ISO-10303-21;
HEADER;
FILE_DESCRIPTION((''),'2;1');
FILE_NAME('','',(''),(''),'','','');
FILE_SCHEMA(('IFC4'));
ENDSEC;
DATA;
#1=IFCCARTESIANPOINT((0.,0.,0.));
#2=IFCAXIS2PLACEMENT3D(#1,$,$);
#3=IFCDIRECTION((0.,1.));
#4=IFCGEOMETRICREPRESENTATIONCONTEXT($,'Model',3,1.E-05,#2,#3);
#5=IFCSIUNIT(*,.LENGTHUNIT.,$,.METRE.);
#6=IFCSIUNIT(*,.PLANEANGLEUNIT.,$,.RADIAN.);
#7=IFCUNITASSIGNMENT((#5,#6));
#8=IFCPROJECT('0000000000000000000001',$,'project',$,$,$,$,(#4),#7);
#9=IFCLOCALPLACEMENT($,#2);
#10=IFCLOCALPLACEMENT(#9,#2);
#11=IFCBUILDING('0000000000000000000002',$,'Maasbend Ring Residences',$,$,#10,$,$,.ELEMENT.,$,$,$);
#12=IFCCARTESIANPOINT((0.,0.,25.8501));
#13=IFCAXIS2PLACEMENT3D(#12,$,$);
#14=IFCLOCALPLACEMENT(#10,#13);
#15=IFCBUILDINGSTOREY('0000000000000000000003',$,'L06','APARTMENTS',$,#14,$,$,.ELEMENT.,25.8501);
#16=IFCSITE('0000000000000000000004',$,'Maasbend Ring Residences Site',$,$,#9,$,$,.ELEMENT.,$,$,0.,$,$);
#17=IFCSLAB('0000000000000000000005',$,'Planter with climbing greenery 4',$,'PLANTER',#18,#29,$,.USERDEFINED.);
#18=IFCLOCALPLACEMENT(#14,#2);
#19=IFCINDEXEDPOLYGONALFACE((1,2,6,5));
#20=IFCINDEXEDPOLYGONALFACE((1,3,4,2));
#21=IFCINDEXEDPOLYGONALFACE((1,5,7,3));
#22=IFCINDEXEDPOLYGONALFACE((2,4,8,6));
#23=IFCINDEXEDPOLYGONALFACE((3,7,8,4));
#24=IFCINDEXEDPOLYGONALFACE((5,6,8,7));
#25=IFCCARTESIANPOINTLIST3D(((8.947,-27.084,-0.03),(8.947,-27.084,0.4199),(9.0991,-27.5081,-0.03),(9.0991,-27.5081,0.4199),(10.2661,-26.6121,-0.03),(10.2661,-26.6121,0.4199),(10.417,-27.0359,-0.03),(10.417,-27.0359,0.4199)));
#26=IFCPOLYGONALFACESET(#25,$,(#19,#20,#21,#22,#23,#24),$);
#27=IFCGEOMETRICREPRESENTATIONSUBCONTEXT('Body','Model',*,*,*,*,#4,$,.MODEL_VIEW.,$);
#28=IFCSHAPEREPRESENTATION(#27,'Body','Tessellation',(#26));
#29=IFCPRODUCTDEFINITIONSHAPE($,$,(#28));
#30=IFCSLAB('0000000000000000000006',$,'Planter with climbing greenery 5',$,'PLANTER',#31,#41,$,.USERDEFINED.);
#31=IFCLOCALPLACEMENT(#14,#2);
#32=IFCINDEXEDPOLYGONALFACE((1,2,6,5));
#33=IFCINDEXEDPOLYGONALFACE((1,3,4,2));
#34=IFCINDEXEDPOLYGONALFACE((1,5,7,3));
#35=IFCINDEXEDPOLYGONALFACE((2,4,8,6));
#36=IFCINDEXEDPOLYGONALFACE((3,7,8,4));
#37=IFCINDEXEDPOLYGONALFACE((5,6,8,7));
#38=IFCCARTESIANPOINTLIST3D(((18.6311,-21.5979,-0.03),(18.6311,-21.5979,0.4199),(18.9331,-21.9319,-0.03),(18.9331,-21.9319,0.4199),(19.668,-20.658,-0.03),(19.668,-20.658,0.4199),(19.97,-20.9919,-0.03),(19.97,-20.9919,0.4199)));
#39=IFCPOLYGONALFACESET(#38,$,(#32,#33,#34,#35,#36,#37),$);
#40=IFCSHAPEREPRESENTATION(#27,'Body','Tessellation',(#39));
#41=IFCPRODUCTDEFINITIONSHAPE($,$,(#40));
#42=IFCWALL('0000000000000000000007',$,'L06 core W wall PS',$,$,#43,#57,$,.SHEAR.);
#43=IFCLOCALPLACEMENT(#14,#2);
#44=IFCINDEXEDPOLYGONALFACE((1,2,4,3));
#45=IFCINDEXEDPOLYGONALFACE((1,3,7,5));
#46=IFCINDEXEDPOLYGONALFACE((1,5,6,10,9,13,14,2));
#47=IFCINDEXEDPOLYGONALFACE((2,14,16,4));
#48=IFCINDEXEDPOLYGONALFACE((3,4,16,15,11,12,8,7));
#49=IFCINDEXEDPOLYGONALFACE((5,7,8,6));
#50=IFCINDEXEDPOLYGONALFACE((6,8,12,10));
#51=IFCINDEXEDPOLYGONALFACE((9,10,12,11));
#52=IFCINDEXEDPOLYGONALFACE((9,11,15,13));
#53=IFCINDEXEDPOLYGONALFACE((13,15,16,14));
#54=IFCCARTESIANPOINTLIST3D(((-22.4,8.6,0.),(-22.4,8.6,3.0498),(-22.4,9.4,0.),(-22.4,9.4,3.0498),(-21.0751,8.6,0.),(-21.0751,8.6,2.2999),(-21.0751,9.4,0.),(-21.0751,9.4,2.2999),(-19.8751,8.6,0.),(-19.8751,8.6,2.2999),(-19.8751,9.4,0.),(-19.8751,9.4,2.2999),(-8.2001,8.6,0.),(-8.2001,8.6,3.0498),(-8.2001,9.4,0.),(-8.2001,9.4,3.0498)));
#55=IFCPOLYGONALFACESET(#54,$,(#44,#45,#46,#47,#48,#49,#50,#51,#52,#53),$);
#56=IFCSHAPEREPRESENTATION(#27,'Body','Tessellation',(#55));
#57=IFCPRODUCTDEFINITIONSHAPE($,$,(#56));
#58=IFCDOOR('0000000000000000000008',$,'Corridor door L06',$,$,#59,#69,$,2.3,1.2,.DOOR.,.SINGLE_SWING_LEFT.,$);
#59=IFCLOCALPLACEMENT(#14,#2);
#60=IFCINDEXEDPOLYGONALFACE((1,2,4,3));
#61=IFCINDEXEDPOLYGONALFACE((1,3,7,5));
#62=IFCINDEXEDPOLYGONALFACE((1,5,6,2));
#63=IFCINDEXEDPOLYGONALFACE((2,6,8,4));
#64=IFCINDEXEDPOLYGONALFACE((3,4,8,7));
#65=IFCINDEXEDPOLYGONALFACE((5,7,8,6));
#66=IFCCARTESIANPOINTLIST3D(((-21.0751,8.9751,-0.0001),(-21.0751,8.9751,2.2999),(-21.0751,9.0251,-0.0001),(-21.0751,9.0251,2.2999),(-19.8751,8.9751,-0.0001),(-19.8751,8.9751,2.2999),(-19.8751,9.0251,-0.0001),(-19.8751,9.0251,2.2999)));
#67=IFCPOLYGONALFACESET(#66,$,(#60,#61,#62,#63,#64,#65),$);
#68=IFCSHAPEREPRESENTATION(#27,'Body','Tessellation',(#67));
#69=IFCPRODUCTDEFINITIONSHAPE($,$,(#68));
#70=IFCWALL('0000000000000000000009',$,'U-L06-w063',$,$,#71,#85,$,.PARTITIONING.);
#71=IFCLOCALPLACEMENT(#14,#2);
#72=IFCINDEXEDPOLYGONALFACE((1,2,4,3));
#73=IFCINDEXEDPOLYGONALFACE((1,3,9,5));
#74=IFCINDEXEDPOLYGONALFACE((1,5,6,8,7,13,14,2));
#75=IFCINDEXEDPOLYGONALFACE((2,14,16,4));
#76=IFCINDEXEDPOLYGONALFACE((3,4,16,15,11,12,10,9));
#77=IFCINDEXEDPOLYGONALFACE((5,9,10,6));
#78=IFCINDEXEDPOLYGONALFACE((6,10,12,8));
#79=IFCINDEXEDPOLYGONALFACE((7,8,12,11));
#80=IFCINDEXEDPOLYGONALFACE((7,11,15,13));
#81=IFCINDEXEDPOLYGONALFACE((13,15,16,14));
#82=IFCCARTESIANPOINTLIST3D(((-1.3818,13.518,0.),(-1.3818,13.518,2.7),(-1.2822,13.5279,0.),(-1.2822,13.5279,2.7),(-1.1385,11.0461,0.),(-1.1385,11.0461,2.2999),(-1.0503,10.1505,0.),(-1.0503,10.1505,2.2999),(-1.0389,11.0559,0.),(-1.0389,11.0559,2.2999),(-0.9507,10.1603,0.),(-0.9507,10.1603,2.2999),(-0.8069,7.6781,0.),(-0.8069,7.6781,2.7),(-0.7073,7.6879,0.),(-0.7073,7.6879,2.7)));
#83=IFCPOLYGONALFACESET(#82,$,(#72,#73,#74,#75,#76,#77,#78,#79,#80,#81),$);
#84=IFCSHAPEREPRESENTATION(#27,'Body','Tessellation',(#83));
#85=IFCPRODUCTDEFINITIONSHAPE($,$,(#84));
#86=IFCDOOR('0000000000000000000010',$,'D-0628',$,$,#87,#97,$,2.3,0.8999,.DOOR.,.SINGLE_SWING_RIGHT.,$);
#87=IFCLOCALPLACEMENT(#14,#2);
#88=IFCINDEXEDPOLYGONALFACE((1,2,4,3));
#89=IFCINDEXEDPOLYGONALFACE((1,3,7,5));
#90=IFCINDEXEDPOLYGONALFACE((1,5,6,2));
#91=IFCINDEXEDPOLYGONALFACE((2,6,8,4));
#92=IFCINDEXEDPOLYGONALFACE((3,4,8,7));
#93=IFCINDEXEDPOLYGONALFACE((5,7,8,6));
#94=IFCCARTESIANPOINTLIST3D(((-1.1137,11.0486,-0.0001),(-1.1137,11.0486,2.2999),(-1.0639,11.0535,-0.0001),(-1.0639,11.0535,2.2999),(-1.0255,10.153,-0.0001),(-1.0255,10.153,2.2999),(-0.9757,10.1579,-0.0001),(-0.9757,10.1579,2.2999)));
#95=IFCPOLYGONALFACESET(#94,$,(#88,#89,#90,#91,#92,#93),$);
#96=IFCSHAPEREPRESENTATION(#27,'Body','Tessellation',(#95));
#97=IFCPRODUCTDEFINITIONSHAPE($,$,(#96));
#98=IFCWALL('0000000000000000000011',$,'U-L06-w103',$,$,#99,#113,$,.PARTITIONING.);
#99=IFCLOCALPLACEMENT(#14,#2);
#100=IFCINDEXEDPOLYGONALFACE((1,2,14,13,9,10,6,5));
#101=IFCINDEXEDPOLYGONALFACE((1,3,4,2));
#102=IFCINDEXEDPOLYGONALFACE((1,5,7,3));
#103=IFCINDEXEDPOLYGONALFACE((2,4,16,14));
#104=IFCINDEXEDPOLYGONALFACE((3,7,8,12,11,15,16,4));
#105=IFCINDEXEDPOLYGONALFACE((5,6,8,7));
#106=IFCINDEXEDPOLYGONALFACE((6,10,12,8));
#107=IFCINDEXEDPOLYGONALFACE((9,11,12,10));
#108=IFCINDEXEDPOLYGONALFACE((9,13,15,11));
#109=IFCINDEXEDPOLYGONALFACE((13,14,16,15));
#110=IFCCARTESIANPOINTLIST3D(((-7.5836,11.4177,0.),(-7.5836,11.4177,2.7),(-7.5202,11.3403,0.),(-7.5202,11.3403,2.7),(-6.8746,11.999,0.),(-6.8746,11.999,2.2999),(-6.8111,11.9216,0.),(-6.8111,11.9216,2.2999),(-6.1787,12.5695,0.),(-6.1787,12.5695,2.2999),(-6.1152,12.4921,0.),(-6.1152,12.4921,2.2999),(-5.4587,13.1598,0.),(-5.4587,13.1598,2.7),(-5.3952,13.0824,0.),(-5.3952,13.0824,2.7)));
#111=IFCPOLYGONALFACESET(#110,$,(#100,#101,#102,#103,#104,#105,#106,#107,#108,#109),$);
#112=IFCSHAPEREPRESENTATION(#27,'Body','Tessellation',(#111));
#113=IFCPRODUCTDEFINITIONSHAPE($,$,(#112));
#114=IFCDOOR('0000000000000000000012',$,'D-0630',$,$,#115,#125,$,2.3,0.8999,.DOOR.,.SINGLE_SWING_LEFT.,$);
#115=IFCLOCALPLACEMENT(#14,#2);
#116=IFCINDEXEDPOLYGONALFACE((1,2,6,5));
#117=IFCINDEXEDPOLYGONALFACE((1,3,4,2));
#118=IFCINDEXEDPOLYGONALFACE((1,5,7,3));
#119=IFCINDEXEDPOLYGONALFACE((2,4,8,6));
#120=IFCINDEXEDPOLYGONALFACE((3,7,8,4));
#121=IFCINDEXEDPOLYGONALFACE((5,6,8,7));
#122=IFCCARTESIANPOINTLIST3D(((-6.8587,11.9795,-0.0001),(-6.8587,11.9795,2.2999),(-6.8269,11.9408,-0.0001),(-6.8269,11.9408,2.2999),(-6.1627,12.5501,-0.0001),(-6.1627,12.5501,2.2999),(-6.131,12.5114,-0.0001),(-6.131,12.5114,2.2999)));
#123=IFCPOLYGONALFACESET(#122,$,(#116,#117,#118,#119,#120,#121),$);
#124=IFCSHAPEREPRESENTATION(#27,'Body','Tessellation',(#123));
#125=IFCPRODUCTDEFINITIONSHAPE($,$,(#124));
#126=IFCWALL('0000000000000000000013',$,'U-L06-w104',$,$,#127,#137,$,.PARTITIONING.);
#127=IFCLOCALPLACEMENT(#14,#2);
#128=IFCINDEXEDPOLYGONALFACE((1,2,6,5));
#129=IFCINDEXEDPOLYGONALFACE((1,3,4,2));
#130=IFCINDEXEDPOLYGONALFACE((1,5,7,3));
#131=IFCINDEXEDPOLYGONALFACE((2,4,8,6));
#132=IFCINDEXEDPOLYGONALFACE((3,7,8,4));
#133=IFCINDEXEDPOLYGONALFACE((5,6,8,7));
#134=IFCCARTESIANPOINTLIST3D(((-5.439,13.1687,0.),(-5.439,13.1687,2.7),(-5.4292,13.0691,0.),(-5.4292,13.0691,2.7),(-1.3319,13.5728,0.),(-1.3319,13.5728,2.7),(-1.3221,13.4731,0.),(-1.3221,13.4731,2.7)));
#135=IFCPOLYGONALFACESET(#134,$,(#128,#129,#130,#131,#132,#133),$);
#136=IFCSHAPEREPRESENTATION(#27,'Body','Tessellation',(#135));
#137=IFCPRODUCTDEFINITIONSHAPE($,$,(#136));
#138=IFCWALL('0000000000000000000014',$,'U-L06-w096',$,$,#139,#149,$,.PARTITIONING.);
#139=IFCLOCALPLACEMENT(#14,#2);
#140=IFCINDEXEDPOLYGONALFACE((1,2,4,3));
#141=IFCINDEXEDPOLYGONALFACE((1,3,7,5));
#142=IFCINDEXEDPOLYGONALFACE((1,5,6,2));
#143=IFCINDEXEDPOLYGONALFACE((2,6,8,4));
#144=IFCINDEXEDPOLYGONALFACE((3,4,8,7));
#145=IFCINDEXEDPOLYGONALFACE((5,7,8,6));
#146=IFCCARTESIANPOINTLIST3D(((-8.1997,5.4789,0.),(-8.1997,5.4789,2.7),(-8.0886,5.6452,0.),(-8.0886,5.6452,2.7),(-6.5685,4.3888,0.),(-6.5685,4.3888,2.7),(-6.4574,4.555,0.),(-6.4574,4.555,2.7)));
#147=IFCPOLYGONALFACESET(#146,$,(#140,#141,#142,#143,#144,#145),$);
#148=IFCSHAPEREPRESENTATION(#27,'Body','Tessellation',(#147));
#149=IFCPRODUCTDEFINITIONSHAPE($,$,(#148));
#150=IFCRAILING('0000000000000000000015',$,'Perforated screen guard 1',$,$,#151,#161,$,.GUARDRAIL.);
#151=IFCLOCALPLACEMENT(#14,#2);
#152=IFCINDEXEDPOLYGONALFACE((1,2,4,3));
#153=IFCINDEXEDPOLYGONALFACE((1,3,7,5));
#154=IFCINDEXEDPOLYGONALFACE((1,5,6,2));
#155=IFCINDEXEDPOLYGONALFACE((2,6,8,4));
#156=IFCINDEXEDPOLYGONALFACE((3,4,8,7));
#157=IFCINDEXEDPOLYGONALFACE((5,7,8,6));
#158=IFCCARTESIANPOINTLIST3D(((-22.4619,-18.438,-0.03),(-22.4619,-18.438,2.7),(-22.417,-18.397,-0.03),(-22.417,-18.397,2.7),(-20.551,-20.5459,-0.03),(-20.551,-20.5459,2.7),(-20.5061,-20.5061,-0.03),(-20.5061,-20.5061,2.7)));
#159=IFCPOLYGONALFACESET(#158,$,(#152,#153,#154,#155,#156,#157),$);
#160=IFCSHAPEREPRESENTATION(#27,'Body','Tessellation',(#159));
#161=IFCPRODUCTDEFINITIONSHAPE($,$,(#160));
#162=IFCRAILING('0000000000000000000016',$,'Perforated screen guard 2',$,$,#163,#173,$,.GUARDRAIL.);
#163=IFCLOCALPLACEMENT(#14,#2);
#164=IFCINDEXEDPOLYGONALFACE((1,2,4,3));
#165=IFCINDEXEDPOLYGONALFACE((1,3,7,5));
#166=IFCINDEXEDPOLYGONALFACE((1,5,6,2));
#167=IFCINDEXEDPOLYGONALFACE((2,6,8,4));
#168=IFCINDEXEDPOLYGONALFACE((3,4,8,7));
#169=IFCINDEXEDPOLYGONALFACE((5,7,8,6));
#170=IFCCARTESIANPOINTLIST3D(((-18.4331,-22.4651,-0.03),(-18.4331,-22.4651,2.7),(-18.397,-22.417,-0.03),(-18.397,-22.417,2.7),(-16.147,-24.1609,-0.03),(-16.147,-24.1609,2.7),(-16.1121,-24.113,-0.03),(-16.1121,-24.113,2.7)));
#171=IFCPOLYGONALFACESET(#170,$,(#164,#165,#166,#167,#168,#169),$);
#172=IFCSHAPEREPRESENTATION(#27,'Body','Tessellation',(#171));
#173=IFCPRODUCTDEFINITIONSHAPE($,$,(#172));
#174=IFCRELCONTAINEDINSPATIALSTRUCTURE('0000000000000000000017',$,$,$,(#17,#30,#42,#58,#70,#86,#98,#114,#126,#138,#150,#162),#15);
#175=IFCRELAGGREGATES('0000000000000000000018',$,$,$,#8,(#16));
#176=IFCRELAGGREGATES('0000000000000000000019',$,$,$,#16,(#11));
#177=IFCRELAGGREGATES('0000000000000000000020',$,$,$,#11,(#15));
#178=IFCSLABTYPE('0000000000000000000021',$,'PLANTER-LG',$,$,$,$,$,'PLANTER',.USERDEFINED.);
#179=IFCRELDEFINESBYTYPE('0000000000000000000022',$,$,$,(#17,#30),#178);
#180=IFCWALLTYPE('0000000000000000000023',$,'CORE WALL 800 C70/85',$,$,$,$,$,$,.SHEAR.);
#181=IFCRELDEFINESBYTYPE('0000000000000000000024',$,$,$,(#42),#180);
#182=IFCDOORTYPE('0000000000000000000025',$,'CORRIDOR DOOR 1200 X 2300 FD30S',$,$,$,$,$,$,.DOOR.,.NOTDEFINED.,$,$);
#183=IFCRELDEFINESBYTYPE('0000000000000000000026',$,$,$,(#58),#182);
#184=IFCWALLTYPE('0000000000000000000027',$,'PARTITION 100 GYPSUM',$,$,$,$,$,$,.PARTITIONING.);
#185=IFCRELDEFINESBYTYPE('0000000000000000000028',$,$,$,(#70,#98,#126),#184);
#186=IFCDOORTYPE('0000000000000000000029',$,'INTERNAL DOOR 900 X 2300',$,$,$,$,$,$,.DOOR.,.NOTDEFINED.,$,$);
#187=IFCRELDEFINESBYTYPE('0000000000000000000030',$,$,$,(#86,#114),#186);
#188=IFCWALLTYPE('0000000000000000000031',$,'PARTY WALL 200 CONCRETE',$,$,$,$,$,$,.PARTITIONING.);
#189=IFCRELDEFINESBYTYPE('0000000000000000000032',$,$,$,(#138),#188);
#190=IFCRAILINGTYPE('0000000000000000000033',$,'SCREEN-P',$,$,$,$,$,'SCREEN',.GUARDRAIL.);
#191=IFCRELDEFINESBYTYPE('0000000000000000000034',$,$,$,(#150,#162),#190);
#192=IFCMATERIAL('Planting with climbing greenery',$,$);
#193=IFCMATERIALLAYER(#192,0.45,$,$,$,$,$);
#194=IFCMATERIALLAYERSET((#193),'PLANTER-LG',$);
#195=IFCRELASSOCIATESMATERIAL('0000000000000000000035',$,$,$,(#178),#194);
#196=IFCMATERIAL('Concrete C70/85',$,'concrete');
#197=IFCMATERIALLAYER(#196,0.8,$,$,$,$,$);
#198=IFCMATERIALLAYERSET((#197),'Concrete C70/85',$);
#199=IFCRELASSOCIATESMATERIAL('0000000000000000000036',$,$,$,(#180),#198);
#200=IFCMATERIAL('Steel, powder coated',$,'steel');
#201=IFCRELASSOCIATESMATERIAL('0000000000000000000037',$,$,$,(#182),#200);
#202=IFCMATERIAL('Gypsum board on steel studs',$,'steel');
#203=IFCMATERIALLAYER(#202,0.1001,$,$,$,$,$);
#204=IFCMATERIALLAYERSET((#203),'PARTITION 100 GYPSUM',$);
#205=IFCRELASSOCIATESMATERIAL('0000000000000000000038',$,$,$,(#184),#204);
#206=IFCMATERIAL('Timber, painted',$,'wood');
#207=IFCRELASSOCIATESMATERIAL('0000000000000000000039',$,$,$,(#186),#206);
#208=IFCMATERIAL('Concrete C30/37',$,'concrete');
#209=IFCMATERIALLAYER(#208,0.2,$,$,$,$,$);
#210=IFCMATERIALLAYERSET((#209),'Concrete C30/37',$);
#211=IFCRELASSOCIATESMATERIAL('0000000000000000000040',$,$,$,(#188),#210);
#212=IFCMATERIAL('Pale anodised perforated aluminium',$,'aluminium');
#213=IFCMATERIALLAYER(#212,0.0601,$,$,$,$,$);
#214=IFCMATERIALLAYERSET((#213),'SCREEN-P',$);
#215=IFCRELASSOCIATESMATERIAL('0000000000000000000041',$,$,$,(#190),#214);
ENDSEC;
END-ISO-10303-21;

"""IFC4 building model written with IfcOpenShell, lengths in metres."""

from ifc_helpers import new_model, si_unit, direction, frame, frame_2d, origin, place, context, subcontext, project, spatial, polyline, rectangle, outline, extrude, material, layer, layer_set, type_object, element, fill, save


model = new_model("IFC4")

# Units and contexts
model_context = context("Model", 3, precision=1e-05, world=origin(), true_north=direction((0.0, 1.0)))
body_context = subcontext(model_context, "Body", "Model", "MODEL_VIEW")
ifc_project = project(units=[si_unit("LENGTHUNIT", "METRE"), si_unit("PLANEANGLEUNIT", "RADIAN")], contexts=[model_context])

# Site, building, storey
site_placement = place(None, origin())
site = spatial("IfcSite", under=ifc_project, at=site_placement, Name="Maasbend Ring Residences Site", CompositionType="ELEMENT", RefElevation=0.0)
building_placement = place(site_placement, origin())
building = spatial("IfcBuilding", under=site, at=building_placement, Name="Maasbend Ring Residences", CompositionType="ELEMENT")
storey_placement = place(building_placement, frame((0.0, 0.0, 25.8501)))
storey = spatial("IfcBuildingStorey", under=building, at=storey_placement, Name="L06", Description="APARTMENTS", CompositionType="ELEMENT", Elevation=25.8501)

# Slabs
ifc_material_1 = material(Name="Planting with climbing greenery")
ifc_layer_1 = layer(ifc_material_1, 0.45)
ifc_layer_set_1 = layer_set([ifc_layer_1], Name="PLANTER-LG")
slab_type = type_object("IfcSlabType", Name="PLANTER-LG", ElementType="PLANTER", PredefinedType="USERDEFINED", material=ifc_layer_set_1)
slab_1_placement = place(storey_placement, frame((0.0, 0.0, -0.03)))
element("IfcSlab", 1, at=slab_1_placement, inside=storey, type_object=slab_type, Name="Planter with climbing greenery 4", ObjectType="PLANTER", PredefinedType="USERDEFINED", context=body_context, shape_type="SweptSolid", body=[
    extrude(outline(polyline([(9.0991, -27.5081), (10.417, -27.0359), (10.2661, -26.6121), (8.947, -27.084), (9.0991, -27.5081)])), origin(), (0.0, 0.0, 1.0), 0.45),
])
slab_2_placement = place(storey_placement, frame((0.0, 0.0, -0.03)))
element("IfcSlab", 2, at=slab_2_placement, inside=storey, type_object=slab_type, Name="Planter with climbing greenery 5", ObjectType="PLANTER", PredefinedType="USERDEFINED", context=body_context, shape_type="SweptSolid", body=[
    extrude(outline(polyline([(18.9331, -21.9319), (19.97, -20.9919), (19.668, -20.658), (18.6311, -21.5979), (18.9331, -21.9319)])), origin(), (0.0, 0.0, 1.0), 0.45),
])

# Walls, openings, doors
ifc_material_2 = material(Name="Concrete C70/85", Category="concrete")
ifc_layer_2 = layer(ifc_material_2, 0.8)
ifc_layer_set_2 = layer_set([ifc_layer_2], Name="Concrete C70/85")
wall_type_1 = type_object("IfcWallType", Name="CORE WALL 800 C70/85", PredefinedType="SHEAR", material=ifc_layer_set_2)
wall_1_placement = place(storey_placement, frame((-8.2, 9.0, 0.0), z_axis=(0.0, 0.0, 1.0), x_axis=(-1.0, 0.0, 0.0)))
wall_1 = element("IfcWall", 3, at=wall_1_placement, inside=storey, type_object=wall_type_1, Name="L06 core W wall PS", PredefinedType="SHEAR", context=body_context, shape_type="SweptSolid", body=[
    extrude(rectangle(XDim=14.2, YDim=0.8, at=frame_2d((7.1001, 0.0))), origin(), (0.0, 0.0, 1.0), 3.0498),
])
opening_1_placement = place(wall_1_placement, frame((11.675, 0.0, 0.0)))
opening_1 = element("IfcOpeningElement", 4, at=opening_1_placement, cuts=wall_1, PredefinedType="OPENING", context=body_context, shape_type="SweptSolid", body=[
    extrude(rectangle(XDim=1.2, YDim=2.3, at=frame_2d((0.6001, 1.1499))), frame((0.0, 0.4102, 0.0), z_axis=(0.0, -1.0, 0.0), x_axis=(1.0, 0.0, 0.0)), (0.0, 0.0, 1.0), 0.8201),
])
ifc_material_3 = material(Name="Steel, powder coated", Category="steel")
door_type_1 = type_object("IfcDoorType", Name="CORRIDOR DOOR 1200 X 2300 FD30S", OperationType="NOTDEFINED", PredefinedType="DOOR", material=ifc_material_3)
door_1_placement = place(opening_1_placement, origin())
door_1 = element("IfcDoor", 5, at=door_1_placement, inside=storey, type_object=door_type_1, Name="Corridor door L06", OperationType="SINGLE_SWING_LEFT", OverallHeight=2.3, OverallWidth=1.2, PredefinedType="DOOR", context=body_context, shape_type="SweptSolid", body=[
    extrude(rectangle(XDim=1.2, YDim=2.3, at=frame_2d((0.6001, 1.1499))), frame((0.0, 0.0249, 0.0), z_axis=(0.0, -1.0, 0.0), x_axis=(1.0, 0.0, 0.0)), (0.0, 0.0, 1.0), 0.05),
])
fill(opening_1, door_1)
ifc_material_4 = material(Name="Gypsum board on steel studs", Category="steel")
ifc_layer_3 = layer(ifc_material_4, 0.1001)
ifc_layer_set_3 = layer_set([ifc_layer_3], Name="PARTITION 100 GYPSUM")
wall_type_2 = type_object("IfcWallType", Name="PARTITION 100 GYPSUM", PredefinedType="PARTITIONING", material=ifc_layer_set_3)
wall_2_placement = place(storey_placement, frame((-1.332, 13.5229, 0.0), z_axis=(0.0, 0.0, 1.0), x_axis=(0.097979, -0.995188, 0.0)))
wall_2 = element("IfcWall", 6, at=wall_2_placement, inside=storey, type_object=wall_type_2, Name="U-L06-w063", PredefinedType="PARTITIONING", context=body_context, shape_type="SweptSolid", body=[
    extrude(rectangle(XDim=5.8682, YDim=0.1001, at=frame_2d((2.9341, 0.0))), origin(), (0.0, 0.0, 1.0), 2.7),
])
opening_2_placement = place(wall_2_placement, frame((2.4839, 0.0, 0.0)))
opening_2 = element("IfcOpeningElement", 7, at=opening_2_placement, cuts=wall_2, PredefinedType="OPENING", context=body_context, shape_type="SweptSolid", body=[
    extrude(rectangle(XDim=0.8999, YDim=2.3, at=frame_2d((0.45, 1.1499))), frame((0.0, 0.0601, 0.0), z_axis=(0.0, -1.0, 0.0), x_axis=(1.0, 0.0, 0.0)), (0.0, 0.0, 1.0), 0.1201),
])
ifc_material_5 = material(Name="Timber, painted", Category="wood")
door_type_2 = type_object("IfcDoorType", Name="INTERNAL DOOR 900 X 2300", OperationType="NOTDEFINED", PredefinedType="DOOR", material=ifc_material_5)
door_2_placement = place(opening_2_placement, origin())
door_2 = element("IfcDoor", 8, at=door_2_placement, inside=storey, type_object=door_type_2, Name="D-0628", OperationType="SINGLE_SWING_RIGHT", OverallHeight=2.3, OverallWidth=0.8999, PredefinedType="DOOR", context=body_context, shape_type="SweptSolid", body=[
    extrude(rectangle(XDim=0.8999, YDim=2.3, at=frame_2d((0.45, 1.1499))), frame((0.0, 0.0249, 0.0), z_axis=(0.0, -1.0, 0.0), x_axis=(1.0, 0.0, 0.0)), (0.0, 0.0, 1.0), 0.05),
])
fill(opening_2, door_2)
wall_3_placement = place(storey_placement, frame((-7.552, 11.3789, 0.0), z_axis=(0.0, 0.0, 1.0), x_axis=(0.773324, 0.634012, 0.0)))
wall_3 = element("IfcWall", 9, at=wall_3_placement, inside=storey, type_object=wall_type_2, Name="U-L06-w103", PredefinedType="PARTITIONING", context=body_context, shape_type="SweptSolid", body=[
    extrude(rectangle(XDim=2.7478, YDim=0.1001, at=frame_2d((1.374, 0.0))), origin(), (0.0, 0.0, 1.0), 2.7),
])
opening_3_placement = place(wall_3_placement, frame((0.917, 0.0, 0.0)))
opening_3 = element("IfcOpeningElement", 10, at=opening_3_placement, cuts=wall_3, PredefinedType="OPENING", context=body_context, shape_type="SweptSolid", body=[
    extrude(rectangle(XDim=0.8999, YDim=2.3, at=frame_2d((0.45, 1.1499))), frame((0.0, 0.0601, 0.0), z_axis=(0.0, -1.0, 0.0), x_axis=(1.0, 0.0, 0.0)), (0.0, 0.0, 1.0), 0.1201),
])
door_3_placement = place(opening_3_placement, origin())
door_3 = element("IfcDoor", 11, at=door_3_placement, inside=storey, type_object=door_type_2, Name="D-0630", OperationType="SINGLE_SWING_LEFT", OverallHeight=2.3, OverallWidth=0.8999, PredefinedType="DOOR", context=body_context, shape_type="SweptSolid", body=[
    extrude(rectangle(XDim=0.8999, YDim=2.3, at=frame_2d((0.45, 1.1499))), frame((0.0, 0.0249, 0.0), z_axis=(0.0, -1.0, 0.0), x_axis=(1.0, 0.0, 0.0)), (0.0, 0.0, 1.0), 0.05),
])
fill(opening_3, door_3)

# Walls
wall_4_placement = place(storey_placement, frame((-5.4341, 13.1189, 0.0), z_axis=(0.0, 0.0, 1.0), x_axis=(0.995196, 0.097905, 0.0)))
element("IfcWall", 12, at=wall_4_placement, inside=storey, type_object=wall_type_2, Name="U-L06-w104", PredefinedType="PARTITIONING", context=body_context, shape_type="SweptSolid", body=[
    extrude(rectangle(XDim=4.127, YDim=0.1001, at=frame_2d((2.0635, 0.0))), origin(), (0.0, 0.0, 1.0), 2.7),
])
ifc_material_6 = material(Name="Concrete C30/37", Category="concrete")
ifc_layer_4 = layer(ifc_material_6, 0.2)
ifc_layer_set_4 = layer_set([ifc_layer_4], Name="Concrete C30/37")
wall_type_3 = type_object("IfcWallType", Name="PARTY WALL 200 CONCRETE", PredefinedType="PARTITIONING", material=ifc_layer_set_4)
wall_5_placement = place(storey_placement, frame((-6.5129, 4.4719, 0.0), z_axis=(0.0, 0.0, 1.0), x_axis=(-0.831418, 0.555648, 0.0)))
element("IfcWall", 13, at=wall_5_placement, inside=storey, type_object=wall_type_3, Name="U-L06-w096", PredefinedType="PARTITIONING", context=body_context, shape_type="SweptSolid", body=[
    extrude(rectangle(XDim=1.9619, YDim=0.2, at=frame_2d((0.981, 0.0))), origin(), (0.0, 0.0, 1.0), 2.7),
])

# Railings
ifc_material_7 = material(Name="Pale anodised perforated aluminium", Category="aluminium")
ifc_layer_5 = layer(ifc_material_7, 0.0601)
ifc_layer_set_5 = layer_set([ifc_layer_5], Name="SCREEN-P")
railing_type = type_object("IfcRailingType", Name="SCREEN-P", ElementType="SCREEN", PredefinedType="GUARDRAIL", material=ifc_layer_set_5)
railing_1_placement = place(storey_placement, frame((0.0, 0.0, -0.03)))
element("IfcRailing", 14, at=railing_1_placement, inside=storey, type_object=railing_type, Name="Perforated screen guard 1", PredefinedType="GUARDRAIL", context=body_context, shape_type="SweptSolid", body=[
    extrude(outline(polyline([(-22.417, -18.397), (-20.5061, -20.5061), (-20.551, -20.5459), (-22.4619, -18.438), (-22.417, -18.397)])), origin(), (0.0, 0.0, 1.0), 2.73),
])
railing_2_placement = place(storey_placement, frame((0.0, 0.0, -0.03)))
element("IfcRailing", 15, at=railing_2_placement, inside=storey, type_object=railing_type, Name="Perforated screen guard 2", PredefinedType="GUARDRAIL", context=body_context, shape_type="SweptSolid", body=[
    extrude(outline(polyline([(-18.397, -22.417), (-16.1121, -24.113), (-16.147, -24.1609), (-18.4331, -22.4651), (-18.397, -22.417)])), origin(), (0.0, 0.0, 1.0), 2.73),
])

save(model, "model.ifc")
